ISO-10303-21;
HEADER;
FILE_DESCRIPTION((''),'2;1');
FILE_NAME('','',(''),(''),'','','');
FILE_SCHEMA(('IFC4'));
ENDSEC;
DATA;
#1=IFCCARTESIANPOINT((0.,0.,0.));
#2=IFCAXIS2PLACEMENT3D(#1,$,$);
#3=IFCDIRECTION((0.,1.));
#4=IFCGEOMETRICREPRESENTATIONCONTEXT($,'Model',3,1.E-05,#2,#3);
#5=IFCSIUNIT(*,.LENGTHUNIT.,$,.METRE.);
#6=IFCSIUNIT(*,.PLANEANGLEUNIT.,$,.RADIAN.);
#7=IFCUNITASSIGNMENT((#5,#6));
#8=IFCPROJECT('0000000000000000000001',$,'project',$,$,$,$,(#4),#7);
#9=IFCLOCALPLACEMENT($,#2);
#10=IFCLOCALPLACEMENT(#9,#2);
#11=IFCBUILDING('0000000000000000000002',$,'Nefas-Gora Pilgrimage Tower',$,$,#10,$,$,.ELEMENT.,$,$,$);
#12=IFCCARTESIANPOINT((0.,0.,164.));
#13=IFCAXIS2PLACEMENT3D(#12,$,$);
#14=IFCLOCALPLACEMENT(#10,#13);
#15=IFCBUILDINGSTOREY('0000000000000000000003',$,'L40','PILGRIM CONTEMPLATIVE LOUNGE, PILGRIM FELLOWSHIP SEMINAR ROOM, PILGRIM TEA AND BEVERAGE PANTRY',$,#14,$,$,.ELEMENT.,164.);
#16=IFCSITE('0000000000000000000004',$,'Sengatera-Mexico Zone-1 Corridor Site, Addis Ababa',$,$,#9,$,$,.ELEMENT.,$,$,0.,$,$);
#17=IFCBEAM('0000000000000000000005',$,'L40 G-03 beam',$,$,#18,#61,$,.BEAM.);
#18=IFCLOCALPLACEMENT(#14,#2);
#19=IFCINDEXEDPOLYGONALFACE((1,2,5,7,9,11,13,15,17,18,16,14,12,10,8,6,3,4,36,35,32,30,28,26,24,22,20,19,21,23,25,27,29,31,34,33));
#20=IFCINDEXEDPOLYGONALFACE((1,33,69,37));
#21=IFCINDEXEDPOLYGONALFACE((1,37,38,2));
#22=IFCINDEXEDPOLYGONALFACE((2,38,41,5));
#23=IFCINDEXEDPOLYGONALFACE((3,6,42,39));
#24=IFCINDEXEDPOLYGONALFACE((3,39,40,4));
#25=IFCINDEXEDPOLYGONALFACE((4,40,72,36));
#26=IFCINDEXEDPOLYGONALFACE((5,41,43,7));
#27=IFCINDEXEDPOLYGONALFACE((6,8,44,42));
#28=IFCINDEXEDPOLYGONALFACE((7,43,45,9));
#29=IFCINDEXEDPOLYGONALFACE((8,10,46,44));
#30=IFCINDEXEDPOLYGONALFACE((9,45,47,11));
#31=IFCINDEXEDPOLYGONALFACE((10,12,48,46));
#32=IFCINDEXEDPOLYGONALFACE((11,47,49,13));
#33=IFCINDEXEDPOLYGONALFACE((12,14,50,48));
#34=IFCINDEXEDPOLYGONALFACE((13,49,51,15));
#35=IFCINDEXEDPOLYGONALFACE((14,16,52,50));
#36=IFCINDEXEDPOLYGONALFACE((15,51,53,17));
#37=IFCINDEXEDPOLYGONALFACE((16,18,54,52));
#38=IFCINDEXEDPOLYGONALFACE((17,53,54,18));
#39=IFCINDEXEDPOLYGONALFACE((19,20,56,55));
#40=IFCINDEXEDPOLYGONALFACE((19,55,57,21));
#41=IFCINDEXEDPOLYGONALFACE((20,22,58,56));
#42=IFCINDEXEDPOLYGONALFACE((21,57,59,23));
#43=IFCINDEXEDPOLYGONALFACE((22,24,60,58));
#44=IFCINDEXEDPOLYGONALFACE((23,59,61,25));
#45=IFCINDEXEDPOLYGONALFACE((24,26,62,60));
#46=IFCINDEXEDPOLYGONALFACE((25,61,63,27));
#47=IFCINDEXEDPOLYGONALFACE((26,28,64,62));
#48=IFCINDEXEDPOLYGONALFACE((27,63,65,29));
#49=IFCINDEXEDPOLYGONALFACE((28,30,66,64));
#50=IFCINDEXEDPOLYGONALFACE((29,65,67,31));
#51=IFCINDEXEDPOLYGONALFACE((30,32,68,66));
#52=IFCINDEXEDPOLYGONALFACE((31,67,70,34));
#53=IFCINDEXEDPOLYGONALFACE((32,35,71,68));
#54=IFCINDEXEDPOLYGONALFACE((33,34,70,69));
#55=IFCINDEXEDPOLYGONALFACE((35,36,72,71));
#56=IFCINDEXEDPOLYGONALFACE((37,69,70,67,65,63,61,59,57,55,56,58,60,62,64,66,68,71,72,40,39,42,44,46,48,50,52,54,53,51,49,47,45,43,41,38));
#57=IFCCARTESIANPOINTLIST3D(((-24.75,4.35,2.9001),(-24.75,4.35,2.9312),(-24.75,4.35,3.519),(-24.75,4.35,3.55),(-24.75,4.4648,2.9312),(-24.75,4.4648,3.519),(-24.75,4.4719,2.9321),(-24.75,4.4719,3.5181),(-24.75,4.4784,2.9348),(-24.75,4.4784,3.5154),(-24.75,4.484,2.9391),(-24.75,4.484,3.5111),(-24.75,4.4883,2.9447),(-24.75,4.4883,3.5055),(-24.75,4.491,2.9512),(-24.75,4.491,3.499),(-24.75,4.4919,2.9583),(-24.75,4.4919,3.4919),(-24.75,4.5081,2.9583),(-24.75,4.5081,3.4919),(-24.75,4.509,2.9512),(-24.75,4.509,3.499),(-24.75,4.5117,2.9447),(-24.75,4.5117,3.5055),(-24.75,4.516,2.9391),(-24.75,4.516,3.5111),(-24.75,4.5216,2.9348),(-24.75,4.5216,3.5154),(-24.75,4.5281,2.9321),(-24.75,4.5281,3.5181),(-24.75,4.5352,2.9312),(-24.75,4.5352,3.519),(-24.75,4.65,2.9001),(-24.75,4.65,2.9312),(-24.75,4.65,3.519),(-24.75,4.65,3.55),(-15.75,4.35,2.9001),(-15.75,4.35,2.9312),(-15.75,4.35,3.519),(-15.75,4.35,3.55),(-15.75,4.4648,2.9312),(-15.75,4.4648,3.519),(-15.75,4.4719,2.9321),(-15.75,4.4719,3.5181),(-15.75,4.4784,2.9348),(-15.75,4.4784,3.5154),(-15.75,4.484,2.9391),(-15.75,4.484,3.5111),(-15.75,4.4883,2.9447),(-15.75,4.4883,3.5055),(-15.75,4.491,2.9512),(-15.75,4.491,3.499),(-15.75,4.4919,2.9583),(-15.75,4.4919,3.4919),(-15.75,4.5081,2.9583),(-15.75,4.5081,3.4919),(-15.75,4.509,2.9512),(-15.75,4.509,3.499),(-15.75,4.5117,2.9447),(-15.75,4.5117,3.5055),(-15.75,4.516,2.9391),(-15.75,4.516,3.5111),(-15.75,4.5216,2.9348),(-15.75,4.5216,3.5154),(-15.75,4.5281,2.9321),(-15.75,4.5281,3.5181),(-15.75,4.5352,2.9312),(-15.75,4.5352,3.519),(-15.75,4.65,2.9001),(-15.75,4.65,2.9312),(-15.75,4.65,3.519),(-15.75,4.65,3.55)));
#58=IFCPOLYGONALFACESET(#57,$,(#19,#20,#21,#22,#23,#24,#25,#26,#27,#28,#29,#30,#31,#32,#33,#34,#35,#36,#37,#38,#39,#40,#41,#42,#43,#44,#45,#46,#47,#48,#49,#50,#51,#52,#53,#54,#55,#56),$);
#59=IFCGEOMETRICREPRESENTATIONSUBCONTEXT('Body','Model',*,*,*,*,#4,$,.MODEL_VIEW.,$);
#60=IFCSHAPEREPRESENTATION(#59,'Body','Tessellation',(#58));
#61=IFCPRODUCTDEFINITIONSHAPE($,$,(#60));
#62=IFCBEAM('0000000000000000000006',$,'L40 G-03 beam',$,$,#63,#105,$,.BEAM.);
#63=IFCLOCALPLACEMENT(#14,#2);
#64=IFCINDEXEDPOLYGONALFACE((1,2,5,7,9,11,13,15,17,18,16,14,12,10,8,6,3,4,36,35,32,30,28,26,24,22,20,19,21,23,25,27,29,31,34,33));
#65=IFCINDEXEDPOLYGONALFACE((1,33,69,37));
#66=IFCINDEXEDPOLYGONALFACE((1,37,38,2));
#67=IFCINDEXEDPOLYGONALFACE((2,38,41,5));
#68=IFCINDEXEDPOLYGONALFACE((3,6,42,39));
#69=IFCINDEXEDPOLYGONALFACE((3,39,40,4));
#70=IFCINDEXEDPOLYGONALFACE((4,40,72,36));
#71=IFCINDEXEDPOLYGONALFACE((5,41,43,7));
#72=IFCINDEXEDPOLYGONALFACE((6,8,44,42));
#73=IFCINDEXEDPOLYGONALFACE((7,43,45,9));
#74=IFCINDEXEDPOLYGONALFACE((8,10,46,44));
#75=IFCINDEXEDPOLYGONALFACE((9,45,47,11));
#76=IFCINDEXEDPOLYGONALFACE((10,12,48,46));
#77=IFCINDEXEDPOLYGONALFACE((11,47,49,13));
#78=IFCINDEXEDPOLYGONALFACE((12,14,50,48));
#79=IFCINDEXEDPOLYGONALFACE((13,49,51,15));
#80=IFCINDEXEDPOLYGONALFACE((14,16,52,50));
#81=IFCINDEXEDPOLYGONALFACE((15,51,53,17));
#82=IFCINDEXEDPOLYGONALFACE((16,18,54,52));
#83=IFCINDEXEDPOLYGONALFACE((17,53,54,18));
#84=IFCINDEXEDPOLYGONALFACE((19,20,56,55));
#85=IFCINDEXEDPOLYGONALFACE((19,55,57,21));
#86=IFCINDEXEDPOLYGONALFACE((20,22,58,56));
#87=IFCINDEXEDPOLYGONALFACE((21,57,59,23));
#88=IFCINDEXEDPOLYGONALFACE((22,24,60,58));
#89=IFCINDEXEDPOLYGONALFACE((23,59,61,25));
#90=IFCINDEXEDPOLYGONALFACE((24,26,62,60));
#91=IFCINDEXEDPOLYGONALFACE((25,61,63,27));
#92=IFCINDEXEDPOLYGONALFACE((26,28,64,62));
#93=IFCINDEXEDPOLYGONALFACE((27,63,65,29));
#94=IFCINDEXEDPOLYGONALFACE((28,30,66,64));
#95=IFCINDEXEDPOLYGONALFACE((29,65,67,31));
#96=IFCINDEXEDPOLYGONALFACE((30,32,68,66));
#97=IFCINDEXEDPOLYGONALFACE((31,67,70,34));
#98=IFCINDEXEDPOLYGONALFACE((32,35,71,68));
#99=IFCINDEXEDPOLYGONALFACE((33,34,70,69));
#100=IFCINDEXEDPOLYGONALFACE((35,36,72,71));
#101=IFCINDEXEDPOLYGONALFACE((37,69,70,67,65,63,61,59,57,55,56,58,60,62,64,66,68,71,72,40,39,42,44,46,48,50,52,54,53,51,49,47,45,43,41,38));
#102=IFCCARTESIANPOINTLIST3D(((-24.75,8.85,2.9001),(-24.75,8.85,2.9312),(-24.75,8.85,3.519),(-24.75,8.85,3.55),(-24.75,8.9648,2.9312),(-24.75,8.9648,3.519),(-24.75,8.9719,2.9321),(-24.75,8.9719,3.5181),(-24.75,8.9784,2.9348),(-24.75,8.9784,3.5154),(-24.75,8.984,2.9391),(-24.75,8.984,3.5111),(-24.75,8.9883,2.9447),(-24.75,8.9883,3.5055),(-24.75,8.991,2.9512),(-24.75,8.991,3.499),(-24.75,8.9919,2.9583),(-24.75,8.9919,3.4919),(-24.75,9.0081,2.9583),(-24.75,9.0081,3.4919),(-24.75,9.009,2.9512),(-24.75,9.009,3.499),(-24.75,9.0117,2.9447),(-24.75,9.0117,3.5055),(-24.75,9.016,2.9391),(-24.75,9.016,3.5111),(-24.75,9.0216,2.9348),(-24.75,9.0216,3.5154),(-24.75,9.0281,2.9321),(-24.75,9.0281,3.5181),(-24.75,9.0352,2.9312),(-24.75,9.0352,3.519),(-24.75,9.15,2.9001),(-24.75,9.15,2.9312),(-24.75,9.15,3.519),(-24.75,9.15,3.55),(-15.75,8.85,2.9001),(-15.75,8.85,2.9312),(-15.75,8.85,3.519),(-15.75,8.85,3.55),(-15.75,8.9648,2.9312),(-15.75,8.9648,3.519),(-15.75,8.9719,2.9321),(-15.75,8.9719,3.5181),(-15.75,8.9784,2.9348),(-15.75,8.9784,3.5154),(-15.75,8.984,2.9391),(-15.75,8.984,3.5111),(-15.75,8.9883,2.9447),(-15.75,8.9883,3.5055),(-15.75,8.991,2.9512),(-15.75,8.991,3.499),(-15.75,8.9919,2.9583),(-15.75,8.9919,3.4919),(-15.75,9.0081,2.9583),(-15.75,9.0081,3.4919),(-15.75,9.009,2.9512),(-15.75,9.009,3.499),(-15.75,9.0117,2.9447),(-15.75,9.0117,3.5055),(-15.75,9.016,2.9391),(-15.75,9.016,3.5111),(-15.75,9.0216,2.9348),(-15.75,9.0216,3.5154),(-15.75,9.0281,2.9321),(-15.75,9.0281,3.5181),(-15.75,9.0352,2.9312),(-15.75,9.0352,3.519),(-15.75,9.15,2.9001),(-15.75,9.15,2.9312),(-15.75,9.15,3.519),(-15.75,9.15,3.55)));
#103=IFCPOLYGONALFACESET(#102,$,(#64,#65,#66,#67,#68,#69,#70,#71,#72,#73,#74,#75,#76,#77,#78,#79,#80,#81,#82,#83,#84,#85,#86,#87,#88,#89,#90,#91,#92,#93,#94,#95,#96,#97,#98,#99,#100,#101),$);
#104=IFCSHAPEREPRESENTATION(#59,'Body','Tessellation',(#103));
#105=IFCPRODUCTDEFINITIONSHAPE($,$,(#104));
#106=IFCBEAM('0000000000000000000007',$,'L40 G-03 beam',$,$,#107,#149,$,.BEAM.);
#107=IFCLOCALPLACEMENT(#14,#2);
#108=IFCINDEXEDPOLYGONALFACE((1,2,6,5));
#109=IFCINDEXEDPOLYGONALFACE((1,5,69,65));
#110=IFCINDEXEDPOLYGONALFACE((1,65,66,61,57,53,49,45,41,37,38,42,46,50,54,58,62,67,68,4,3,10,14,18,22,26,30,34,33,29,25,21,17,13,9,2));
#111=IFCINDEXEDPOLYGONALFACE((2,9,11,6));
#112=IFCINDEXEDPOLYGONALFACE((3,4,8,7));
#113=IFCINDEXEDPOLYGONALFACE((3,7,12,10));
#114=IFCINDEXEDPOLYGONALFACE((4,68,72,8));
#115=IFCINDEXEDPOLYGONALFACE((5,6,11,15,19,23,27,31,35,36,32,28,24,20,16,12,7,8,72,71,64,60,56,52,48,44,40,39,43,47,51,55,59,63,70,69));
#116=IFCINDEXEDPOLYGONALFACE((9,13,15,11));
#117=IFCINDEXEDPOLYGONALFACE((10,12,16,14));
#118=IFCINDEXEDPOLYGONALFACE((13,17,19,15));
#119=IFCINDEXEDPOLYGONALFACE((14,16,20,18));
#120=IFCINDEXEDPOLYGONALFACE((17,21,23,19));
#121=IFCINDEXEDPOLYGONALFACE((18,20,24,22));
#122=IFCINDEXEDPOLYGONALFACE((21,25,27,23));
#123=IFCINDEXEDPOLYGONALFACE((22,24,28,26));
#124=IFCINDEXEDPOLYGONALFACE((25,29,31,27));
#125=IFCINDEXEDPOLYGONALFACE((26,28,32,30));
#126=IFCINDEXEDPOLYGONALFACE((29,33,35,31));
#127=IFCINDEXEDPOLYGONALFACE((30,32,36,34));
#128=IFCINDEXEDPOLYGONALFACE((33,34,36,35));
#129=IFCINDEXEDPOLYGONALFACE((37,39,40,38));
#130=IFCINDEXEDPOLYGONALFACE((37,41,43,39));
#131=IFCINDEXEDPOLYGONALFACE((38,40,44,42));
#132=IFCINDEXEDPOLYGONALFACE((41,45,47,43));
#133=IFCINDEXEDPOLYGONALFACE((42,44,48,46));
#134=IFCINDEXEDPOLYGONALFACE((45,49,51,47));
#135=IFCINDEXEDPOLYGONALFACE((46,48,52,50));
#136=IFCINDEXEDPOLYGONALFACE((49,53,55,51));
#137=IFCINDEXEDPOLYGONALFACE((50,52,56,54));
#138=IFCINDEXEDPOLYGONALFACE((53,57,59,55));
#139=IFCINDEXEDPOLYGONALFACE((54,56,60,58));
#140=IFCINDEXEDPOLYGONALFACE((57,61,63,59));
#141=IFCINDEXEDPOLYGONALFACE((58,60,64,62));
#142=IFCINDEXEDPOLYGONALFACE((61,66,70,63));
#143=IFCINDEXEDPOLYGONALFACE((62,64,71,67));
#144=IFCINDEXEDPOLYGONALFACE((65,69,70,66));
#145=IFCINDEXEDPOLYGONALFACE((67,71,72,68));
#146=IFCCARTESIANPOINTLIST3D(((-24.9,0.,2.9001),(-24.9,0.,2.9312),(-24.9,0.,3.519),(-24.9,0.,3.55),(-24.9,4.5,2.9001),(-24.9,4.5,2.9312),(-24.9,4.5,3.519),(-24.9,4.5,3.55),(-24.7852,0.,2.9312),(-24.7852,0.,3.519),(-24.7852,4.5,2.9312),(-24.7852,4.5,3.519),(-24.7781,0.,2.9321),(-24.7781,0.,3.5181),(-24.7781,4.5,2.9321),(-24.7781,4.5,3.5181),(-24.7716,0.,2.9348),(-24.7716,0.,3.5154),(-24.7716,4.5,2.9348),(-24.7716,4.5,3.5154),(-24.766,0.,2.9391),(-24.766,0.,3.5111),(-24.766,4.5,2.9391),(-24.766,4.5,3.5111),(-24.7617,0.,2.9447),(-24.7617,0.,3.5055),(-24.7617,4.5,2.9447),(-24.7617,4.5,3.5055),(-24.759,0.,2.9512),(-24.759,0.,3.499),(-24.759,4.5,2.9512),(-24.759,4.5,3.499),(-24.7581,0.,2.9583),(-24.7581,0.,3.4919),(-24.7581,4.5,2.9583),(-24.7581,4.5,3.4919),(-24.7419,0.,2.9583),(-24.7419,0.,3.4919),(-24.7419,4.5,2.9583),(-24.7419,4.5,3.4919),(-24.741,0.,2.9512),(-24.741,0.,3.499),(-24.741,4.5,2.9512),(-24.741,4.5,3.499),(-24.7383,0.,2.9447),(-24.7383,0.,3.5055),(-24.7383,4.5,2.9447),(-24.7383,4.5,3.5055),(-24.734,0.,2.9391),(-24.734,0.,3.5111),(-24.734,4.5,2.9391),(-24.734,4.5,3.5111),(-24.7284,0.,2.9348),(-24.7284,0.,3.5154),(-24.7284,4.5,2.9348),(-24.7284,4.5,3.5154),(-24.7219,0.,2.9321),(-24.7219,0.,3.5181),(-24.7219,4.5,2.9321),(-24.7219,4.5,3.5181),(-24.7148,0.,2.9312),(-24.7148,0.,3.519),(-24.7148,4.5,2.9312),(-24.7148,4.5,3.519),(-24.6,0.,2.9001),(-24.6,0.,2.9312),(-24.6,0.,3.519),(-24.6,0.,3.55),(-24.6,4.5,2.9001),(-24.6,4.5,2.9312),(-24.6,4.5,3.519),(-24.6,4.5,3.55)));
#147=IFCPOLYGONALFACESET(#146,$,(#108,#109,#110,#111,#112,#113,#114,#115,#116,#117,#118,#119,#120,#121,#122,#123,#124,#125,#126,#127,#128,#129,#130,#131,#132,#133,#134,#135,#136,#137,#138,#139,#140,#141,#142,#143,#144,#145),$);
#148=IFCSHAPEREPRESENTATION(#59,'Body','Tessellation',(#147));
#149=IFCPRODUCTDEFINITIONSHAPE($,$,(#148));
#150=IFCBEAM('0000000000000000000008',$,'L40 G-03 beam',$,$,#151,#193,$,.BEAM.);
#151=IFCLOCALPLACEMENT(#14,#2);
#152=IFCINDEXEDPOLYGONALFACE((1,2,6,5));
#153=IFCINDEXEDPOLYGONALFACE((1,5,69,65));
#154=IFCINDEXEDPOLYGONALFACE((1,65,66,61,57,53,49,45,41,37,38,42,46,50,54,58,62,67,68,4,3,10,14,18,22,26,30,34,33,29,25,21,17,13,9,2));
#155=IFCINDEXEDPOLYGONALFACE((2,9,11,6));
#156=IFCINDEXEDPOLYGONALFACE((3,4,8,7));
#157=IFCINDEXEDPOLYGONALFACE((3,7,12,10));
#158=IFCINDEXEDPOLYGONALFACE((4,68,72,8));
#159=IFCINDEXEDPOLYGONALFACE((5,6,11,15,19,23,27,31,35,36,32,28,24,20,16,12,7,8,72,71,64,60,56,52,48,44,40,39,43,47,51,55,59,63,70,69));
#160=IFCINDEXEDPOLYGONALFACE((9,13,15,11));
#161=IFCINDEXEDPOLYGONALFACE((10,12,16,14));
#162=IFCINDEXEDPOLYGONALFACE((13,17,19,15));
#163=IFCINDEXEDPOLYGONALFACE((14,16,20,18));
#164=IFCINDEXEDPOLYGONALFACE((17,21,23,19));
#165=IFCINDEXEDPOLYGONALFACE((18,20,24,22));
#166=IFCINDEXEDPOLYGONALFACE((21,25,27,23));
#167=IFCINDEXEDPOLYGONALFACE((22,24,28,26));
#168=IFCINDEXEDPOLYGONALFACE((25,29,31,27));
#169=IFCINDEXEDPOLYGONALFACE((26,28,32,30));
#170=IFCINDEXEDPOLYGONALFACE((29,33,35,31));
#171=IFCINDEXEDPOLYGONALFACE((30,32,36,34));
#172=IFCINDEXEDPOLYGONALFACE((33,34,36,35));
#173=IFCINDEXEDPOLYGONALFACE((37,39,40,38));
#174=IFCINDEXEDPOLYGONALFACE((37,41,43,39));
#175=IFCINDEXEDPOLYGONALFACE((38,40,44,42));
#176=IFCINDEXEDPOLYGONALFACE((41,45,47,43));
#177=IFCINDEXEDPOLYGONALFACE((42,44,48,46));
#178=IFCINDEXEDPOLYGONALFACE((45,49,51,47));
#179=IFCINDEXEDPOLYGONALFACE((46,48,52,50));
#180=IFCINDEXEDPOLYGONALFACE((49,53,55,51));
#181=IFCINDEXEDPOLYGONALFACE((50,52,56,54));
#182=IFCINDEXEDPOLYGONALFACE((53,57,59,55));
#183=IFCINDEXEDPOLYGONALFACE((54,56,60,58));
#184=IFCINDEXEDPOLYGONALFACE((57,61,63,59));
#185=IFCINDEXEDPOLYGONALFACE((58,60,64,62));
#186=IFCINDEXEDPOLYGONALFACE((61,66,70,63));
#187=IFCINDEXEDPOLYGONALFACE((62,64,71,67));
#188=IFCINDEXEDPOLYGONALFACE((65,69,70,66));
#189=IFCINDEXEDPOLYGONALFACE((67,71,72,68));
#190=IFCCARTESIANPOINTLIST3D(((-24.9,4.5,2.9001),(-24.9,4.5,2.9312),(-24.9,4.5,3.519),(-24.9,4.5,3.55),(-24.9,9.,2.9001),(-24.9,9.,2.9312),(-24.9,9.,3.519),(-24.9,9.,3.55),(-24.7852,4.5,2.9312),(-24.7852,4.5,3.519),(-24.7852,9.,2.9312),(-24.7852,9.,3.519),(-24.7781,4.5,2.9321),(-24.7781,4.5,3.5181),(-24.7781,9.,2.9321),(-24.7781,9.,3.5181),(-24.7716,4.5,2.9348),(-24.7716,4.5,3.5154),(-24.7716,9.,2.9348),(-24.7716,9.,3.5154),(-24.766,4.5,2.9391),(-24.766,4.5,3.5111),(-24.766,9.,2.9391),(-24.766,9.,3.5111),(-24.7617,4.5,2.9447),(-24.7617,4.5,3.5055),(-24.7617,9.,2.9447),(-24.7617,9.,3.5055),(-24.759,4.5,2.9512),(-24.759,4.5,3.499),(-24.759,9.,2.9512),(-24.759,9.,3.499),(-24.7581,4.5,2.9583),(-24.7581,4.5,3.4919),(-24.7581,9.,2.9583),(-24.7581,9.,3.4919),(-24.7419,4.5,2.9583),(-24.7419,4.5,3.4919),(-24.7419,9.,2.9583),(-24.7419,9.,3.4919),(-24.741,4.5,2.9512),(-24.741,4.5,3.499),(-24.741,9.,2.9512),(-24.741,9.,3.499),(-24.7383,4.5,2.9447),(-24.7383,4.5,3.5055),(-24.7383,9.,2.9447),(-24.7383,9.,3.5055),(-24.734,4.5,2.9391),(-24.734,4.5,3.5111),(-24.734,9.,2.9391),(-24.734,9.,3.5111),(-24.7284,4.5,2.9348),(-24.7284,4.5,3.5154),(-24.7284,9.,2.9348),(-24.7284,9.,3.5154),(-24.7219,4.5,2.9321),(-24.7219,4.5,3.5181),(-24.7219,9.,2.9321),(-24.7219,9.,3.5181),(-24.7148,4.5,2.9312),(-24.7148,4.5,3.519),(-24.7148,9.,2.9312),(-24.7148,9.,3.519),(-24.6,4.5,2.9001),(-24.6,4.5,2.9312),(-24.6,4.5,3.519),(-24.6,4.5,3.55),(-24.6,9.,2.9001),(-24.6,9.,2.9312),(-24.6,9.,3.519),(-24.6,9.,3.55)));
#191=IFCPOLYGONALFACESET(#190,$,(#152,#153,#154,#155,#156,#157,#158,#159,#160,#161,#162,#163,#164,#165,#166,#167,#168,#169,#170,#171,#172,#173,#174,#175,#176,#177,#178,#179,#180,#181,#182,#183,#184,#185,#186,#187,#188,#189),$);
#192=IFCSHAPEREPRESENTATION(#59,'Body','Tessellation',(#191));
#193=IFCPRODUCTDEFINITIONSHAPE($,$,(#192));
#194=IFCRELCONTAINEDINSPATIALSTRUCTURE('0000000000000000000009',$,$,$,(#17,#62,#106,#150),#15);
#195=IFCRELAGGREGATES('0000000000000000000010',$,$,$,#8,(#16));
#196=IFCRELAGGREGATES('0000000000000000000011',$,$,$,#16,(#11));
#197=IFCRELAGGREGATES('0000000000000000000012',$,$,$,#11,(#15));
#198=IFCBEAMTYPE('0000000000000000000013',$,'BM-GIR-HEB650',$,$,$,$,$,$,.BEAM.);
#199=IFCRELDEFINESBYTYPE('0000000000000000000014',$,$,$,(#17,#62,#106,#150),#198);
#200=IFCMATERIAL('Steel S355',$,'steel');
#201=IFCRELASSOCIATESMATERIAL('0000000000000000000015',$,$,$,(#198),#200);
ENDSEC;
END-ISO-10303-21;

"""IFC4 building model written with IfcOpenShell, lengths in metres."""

from ifc_helpers import new_model, si_unit, direction, frame, origin, origin_2d, place, context, subcontext, project, spatial, i_section, extrude, source, transform, mapped, material, material_profile, profile_set, type_object, element, save


model = new_model("IFC4")

# Units and contexts
model_context = context("Model", 3, precision=1e-05, world=origin(), true_north=direction((0.0, 1.0)))
body_context = subcontext(model_context, "Body", "Model", "MODEL_VIEW")
ifc_project = project(units=[si_unit("LENGTHUNIT", "METRE"), si_unit("PLANEANGLEUNIT", "RADIAN")], contexts=[model_context])

# Site, building, storey
site_placement = place(None, origin())
site = spatial("IfcSite", under=ifc_project, at=site_placement, Name="Sengatera-Mexico Zone-1 Corridor Site, Addis Ababa", CompositionType="ELEMENT", RefElevation=0.0)
building_placement = place(site_placement, origin())
building = spatial("IfcBuilding", under=site, at=building_placement, Name="Nefas-Gora Pilgrimage Tower", CompositionType="ELEMENT")
storey_placement = place(building_placement, frame((0.0, 0.0, 164.0)))
storey = spatial("IfcBuildingStorey", under=building, at=storey_placement, Name="L40", Description="PILGRIM CONTEMPLATIVE LOUNGE, PILGRIM FELLOWSHIP SEMINAR ROOM, PILGRIM TEA AND BEVERAGE PANTRY", CompositionType="ELEMENT", Elevation=164.0)

# Beams
ifc_material_1 = material(Name="Steel S355", Category="steel")
ifc_material_profile_1 = material_profile(ifc_material_1, i_section(OverallWidth=0.3, OverallDepth=0.6499, WebThickness=0.0161, FlangeThickness=0.031, FilletRadius=0.0271, at=origin_2d()), Name="HEB 650")
ifc_profile_set_1 = profile_set([ifc_material_profile_1], Name="Steel S355")
beam_type_1 = type_object("IfcBeamType", Name="BM-GIR-HEB650", PredefinedType="BEAM", material=ifc_profile_set_1)
shared_shape_1 = source(origin(), body_context, "Body", "SweptSolid", [
    extrude(i_section(OverallWidth=0.3, OverallDepth=0.6499, WebThickness=0.0161, FlangeThickness=0.031, FilletRadius=0.0271, at=origin_2d()), origin(), (0.0, 0.0, 1.0), 9.0),
])
for number, where, z_axis, x_axis, name in (
    (1, (-24.75, 4.5, 3.2251), (1.0, 0.0, 0.0), (0.0, 1.0, 0.0), "L40 G-03 beam"),
    (2, (-24.75, 9.0, 3.2251), (1.0, 0.0, 0.0), (0.0, 1.0, 0.0), "L40 G-03 beam"),
):
    element("IfcBeam", number, at=place(storey_placement, frame(where, z_axis=z_axis, x_axis=x_axis)), inside=storey, type_object=beam_type_1, Name=name, PredefinedType="BEAM", context=body_context, shape_type="MappedRepresentation", body=[
        mapped(shared_shape_1, transform((0.0, 0.0, 0.0), x_axis=(1.0, 0.0, 0.0), y_axis=(0.0, 1.0, 0.0), z_axis=(0.0, 0.0, 1.0), scale=1.0)),
    ])
shared_shape_2 = source(origin(), body_context, "Body", "SweptSolid", [
    extrude(i_section(OverallWidth=0.3, OverallDepth=0.6499, WebThickness=0.0161, FlangeThickness=0.031, FilletRadius=0.0271, at=origin_2d()), origin(), (0.0, 0.0, 1.0), 4.5),
])
for number, where, z_axis, x_axis, name in (
    (3, (-24.75, 0.0, 3.2251), (0.0, 1.0, 0.0), (-1.0, 0.0, 0.0), "L40 G-03 beam"),
    (4, (-24.75, 4.5, 3.2251), (0.0, 1.0, 0.0), (-1.0, 0.0, 0.0), "L40 G-03 beam"),
):
    element("IfcBeam", number, at=place(storey_placement, frame(where, z_axis=z_axis, x_axis=x_axis)), inside=storey, type_object=beam_type_1, Name=name, PredefinedType="BEAM", context=body_context, shape_type="MappedRepresentation", body=[
        mapped(shared_shape_2, transform((0.0, 0.0, 0.0), x_axis=(1.0, 0.0, 0.0), y_axis=(0.0, 1.0, 0.0), z_axis=(0.0, 0.0, 1.0), scale=1.0)),
    ])

save(model, "model.ifc")
